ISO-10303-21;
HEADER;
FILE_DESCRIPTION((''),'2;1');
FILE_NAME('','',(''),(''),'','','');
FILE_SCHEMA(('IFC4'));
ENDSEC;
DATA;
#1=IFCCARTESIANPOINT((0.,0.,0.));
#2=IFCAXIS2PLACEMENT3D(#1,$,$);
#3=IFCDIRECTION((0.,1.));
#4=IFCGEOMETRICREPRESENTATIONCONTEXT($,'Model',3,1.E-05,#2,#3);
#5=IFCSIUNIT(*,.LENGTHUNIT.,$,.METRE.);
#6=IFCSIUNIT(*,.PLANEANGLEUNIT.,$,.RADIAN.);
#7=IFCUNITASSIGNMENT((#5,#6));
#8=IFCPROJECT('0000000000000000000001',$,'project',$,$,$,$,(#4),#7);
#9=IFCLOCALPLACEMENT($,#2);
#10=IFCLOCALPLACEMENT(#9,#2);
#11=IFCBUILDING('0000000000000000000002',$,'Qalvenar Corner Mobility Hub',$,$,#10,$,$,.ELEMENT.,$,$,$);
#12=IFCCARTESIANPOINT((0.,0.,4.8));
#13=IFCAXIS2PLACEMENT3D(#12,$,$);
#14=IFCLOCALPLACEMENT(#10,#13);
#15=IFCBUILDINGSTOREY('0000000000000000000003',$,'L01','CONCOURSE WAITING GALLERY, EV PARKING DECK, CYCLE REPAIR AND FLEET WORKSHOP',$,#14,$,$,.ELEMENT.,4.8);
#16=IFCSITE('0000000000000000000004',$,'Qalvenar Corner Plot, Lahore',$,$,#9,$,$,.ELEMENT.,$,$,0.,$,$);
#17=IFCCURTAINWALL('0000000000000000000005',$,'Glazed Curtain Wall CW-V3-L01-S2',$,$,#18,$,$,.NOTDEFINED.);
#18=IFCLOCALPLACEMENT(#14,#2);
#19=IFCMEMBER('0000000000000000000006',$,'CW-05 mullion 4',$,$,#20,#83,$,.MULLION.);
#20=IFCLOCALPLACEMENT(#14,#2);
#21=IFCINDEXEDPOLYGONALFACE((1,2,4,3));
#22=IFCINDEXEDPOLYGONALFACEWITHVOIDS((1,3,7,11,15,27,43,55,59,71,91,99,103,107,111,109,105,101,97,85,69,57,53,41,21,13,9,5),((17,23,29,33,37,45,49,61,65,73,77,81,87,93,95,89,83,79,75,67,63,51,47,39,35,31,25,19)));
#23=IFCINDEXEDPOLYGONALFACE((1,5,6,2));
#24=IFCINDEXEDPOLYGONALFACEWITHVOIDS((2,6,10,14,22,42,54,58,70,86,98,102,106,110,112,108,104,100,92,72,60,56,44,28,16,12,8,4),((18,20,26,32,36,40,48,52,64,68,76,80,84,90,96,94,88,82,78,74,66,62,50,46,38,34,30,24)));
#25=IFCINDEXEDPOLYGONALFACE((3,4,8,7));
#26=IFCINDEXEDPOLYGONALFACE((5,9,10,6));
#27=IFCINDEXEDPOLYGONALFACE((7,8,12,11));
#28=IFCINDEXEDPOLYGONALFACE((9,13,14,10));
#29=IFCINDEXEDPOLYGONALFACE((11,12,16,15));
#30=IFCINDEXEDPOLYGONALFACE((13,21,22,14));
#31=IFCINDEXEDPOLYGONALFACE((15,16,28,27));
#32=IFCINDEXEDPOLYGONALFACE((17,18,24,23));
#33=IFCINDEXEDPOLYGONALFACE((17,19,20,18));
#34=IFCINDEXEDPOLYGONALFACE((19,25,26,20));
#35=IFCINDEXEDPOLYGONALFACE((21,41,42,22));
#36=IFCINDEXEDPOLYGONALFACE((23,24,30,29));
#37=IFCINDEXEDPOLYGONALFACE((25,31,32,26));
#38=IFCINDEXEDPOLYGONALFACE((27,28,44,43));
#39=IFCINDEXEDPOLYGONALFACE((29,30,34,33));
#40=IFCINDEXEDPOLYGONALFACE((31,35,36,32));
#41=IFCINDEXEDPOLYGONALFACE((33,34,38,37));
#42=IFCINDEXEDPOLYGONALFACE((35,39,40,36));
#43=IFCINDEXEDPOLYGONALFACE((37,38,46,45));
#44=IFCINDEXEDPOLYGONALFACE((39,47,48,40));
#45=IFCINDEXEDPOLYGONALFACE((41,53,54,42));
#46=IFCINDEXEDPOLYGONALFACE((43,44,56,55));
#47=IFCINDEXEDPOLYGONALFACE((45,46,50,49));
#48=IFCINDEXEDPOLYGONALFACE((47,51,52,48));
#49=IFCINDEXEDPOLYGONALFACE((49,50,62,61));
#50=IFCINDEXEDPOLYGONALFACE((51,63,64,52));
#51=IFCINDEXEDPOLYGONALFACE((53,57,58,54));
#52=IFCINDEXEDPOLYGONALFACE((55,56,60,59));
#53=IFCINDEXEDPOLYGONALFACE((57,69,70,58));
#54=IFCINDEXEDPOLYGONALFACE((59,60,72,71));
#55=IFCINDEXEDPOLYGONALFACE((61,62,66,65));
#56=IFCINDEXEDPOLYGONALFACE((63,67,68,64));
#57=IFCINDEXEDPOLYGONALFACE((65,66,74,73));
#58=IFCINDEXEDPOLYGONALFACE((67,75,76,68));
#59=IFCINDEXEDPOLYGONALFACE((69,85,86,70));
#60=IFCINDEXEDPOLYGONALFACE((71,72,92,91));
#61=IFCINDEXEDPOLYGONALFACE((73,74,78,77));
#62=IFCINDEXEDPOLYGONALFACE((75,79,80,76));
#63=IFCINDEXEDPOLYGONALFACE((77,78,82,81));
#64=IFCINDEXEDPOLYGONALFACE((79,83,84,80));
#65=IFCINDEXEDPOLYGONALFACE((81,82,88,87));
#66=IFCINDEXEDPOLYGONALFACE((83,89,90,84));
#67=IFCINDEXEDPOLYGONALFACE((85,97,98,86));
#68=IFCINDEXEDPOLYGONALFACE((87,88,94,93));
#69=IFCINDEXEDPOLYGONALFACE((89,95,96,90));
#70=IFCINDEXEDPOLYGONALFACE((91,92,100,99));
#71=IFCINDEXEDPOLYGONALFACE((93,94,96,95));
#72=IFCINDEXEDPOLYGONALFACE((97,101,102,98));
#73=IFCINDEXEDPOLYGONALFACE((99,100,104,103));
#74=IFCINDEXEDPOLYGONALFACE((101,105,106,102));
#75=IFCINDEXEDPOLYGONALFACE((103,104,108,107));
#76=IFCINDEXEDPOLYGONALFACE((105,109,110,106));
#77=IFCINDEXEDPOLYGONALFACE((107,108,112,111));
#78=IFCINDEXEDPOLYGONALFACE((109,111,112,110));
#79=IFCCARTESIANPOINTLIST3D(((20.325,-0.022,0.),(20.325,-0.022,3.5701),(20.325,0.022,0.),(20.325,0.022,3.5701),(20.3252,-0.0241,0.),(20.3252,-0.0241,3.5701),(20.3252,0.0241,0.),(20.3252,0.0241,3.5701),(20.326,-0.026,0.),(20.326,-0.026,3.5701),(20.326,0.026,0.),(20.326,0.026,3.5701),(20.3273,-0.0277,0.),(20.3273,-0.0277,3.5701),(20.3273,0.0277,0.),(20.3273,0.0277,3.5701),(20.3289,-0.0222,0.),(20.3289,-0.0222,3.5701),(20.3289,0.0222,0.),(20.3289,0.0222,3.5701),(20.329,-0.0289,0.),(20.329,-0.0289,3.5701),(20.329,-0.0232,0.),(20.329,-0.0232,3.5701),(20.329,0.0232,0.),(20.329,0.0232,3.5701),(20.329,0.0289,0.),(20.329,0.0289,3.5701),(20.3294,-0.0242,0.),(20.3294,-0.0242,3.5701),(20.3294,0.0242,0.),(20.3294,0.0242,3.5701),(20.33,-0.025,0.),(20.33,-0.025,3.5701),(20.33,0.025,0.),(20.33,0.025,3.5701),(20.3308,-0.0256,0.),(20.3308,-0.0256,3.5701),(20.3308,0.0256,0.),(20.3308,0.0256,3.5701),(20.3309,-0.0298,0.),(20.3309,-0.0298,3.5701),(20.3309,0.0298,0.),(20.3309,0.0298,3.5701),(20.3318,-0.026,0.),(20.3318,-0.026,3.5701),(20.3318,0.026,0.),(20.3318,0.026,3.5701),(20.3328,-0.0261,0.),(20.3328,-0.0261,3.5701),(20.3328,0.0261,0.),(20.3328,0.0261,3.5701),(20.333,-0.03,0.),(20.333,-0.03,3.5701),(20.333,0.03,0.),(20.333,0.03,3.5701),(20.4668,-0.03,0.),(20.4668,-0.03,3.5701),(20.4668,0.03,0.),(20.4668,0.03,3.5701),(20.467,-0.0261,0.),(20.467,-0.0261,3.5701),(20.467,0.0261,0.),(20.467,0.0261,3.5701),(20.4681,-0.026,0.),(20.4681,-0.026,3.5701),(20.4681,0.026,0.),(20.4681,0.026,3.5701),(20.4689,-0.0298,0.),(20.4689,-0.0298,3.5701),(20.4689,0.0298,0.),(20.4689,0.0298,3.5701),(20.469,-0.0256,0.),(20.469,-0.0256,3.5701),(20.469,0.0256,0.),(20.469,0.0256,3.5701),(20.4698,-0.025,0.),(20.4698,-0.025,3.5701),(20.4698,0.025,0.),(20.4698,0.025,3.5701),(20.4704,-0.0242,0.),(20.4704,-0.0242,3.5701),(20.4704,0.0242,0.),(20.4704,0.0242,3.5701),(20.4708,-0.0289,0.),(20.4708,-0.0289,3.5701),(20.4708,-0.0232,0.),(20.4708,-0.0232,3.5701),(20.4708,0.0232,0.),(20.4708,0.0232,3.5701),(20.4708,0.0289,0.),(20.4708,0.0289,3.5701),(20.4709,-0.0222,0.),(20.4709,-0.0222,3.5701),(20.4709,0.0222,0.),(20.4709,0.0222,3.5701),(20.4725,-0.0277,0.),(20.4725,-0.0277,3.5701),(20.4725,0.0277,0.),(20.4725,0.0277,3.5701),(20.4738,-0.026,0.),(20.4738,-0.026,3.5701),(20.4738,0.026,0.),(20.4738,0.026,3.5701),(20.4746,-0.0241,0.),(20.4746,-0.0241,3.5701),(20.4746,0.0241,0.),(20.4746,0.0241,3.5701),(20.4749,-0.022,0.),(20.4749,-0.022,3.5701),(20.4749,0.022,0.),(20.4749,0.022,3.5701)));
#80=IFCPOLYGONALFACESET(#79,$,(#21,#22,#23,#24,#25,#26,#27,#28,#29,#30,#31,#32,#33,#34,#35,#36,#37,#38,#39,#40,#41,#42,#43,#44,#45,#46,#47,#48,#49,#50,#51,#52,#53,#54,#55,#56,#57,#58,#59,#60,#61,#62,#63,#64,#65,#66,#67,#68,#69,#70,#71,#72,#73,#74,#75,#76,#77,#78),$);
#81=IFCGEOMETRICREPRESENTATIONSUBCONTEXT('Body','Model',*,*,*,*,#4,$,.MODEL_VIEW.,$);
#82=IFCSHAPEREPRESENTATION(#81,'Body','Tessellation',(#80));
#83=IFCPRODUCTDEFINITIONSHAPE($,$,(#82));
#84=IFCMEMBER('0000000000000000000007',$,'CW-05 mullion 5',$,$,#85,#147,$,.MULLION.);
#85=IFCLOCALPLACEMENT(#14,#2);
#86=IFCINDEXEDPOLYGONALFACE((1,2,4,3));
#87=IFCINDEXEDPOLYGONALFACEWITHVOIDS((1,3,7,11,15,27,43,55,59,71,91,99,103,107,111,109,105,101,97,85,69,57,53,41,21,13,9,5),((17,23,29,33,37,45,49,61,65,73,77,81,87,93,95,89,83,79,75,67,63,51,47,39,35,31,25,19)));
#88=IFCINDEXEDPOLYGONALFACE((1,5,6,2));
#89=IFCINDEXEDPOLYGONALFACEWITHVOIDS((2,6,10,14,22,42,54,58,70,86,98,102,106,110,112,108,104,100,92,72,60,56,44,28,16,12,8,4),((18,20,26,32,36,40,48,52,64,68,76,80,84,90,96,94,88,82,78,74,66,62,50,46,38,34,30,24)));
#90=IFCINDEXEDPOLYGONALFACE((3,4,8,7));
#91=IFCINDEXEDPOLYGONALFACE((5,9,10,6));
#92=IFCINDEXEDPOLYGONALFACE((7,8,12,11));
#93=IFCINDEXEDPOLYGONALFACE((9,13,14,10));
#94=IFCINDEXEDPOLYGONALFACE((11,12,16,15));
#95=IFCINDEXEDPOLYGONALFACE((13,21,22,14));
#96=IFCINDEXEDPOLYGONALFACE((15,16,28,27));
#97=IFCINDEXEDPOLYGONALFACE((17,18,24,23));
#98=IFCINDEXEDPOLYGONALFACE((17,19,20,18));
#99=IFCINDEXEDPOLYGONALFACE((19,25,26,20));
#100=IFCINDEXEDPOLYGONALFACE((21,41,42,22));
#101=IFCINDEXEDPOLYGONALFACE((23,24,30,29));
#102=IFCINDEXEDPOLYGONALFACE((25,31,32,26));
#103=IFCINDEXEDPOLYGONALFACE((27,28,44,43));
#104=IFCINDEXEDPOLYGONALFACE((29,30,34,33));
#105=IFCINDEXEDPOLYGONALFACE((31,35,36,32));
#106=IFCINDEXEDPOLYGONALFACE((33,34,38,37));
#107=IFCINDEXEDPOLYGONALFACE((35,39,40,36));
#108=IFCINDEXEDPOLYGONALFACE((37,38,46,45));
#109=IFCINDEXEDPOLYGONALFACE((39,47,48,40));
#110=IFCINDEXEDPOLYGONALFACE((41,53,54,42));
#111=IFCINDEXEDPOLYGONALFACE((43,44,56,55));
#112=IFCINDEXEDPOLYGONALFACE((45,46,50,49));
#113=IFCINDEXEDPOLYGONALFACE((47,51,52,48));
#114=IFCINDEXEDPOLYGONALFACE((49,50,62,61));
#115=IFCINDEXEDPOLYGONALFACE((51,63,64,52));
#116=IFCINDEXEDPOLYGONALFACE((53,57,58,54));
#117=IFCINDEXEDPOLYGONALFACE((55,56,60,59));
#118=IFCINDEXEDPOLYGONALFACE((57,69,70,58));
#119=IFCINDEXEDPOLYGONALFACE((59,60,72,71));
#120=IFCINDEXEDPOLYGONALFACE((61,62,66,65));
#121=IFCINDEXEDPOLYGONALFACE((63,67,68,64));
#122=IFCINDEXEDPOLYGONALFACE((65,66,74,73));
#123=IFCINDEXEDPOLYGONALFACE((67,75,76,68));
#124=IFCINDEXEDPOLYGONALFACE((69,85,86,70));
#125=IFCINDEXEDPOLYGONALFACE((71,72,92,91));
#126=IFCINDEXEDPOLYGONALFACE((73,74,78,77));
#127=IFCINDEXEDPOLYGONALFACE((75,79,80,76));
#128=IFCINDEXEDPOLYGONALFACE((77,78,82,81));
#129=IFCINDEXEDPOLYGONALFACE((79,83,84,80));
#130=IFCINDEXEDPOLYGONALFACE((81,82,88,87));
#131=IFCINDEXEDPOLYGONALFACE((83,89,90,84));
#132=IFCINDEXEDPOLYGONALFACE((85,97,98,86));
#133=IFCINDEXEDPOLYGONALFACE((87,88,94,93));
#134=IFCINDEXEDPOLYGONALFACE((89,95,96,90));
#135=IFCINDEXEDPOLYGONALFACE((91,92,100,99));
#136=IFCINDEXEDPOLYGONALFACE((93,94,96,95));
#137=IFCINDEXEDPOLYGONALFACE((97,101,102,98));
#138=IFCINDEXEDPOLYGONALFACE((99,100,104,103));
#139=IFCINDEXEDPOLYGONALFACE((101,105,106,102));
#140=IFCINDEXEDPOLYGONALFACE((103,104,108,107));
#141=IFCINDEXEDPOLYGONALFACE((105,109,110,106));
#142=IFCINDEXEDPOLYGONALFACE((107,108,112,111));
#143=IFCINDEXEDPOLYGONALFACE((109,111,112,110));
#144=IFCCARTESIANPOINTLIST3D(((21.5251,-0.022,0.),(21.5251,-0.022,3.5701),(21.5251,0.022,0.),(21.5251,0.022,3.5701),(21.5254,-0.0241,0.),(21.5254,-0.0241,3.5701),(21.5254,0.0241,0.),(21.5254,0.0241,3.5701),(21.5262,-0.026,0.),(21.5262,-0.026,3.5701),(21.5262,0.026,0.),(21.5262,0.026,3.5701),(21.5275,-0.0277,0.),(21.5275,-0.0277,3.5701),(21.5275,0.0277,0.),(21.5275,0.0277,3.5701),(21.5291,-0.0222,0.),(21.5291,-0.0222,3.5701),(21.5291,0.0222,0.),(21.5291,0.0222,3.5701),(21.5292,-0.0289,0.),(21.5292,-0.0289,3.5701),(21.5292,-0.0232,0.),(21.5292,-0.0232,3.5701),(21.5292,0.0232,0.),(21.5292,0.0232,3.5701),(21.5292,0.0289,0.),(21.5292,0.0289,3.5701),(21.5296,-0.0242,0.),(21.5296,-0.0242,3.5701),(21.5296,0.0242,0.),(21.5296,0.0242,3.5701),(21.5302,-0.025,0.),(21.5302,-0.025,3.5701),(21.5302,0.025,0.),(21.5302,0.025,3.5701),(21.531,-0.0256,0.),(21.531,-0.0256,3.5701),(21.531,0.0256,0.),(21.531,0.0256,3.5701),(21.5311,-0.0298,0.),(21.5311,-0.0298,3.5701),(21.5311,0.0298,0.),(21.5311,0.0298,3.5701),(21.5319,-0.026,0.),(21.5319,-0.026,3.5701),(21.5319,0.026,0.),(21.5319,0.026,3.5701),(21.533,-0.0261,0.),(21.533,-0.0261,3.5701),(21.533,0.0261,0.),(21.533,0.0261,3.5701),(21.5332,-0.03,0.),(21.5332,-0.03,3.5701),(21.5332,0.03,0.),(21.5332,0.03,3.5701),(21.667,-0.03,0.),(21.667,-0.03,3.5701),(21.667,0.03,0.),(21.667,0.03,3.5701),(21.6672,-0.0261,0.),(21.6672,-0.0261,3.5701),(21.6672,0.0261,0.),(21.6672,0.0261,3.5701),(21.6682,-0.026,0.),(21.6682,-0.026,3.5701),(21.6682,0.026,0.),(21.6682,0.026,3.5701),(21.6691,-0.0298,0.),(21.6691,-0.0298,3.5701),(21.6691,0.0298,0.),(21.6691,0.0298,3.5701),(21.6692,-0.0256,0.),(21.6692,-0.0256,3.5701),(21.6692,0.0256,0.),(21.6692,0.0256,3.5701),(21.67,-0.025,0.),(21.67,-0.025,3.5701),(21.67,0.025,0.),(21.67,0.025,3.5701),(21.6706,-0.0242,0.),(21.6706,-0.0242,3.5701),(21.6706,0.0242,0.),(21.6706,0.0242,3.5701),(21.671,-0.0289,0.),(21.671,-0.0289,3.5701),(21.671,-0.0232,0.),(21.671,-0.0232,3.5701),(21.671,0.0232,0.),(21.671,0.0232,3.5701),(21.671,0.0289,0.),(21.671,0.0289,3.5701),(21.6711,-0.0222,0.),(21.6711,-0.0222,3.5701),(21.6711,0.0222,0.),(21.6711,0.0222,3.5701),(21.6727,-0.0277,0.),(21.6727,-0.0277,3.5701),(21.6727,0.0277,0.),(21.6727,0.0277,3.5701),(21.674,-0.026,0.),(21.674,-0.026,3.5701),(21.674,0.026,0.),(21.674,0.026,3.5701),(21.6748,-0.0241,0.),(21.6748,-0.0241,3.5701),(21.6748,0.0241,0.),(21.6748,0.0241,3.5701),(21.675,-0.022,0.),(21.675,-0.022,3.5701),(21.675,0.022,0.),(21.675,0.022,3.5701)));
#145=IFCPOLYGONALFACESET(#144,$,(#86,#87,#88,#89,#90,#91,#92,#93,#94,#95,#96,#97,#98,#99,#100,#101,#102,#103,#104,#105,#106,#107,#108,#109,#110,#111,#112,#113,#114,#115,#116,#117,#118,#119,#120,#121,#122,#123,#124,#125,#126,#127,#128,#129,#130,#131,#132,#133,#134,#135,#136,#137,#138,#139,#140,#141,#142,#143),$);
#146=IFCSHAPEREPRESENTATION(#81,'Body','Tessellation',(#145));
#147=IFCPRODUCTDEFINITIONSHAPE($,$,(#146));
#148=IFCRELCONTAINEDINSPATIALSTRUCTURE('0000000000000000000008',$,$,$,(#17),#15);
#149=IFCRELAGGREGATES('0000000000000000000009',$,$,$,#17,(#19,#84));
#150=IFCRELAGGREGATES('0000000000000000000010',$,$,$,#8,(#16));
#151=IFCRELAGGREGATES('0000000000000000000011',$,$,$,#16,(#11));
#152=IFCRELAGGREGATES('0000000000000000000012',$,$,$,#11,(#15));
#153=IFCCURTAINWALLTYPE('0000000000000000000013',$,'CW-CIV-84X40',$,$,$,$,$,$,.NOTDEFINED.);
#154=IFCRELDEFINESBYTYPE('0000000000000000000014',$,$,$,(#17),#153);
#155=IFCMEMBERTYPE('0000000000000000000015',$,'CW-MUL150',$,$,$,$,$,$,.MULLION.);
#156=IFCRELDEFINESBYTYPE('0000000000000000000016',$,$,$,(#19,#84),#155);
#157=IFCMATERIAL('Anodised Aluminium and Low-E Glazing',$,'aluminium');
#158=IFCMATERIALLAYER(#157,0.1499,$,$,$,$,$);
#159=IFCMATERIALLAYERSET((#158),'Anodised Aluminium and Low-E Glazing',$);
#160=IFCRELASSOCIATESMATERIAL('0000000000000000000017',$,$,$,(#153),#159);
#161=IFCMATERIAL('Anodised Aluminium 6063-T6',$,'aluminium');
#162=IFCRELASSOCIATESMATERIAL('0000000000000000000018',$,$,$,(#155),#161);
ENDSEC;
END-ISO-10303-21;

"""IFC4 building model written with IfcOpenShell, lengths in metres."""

from ifc_helpers import new_model, si_unit, direction, frame, origin, origin_2d, place, context, subcontext, project, spatial, hollow_rectangle, extrude, material, layer, layer_set, material_profile, profile_set, type_object, element, aggregate, save


model = new_model("IFC4")

# Units and contexts
model_context = context("Model", 3, precision=1e-05, world=origin(), true_north=direction((0.0, 1.0)))
body_context = subcontext(model_context, "Body", "Model", "MODEL_VIEW")
ifc_project = project(units=[si_unit("LENGTHUNIT", "METRE"), si_unit("PLANEANGLEUNIT", "RADIAN")], contexts=[model_context])

# Site, building, storey
site_placement = place(None, origin())
site = spatial("IfcSite", under=ifc_project, at=site_placement, Name="Qalvenar Corner Plot, Lahore", CompositionType="ELEMENT", RefElevation=0.0)
building_placement = place(site_placement, origin())
building = spatial("IfcBuilding", under=site, at=building_placement, Name="Qalvenar Corner Mobility Hub", CompositionType="ELEMENT")
storey_placement = place(building_placement, frame((0.0, 0.0, 4.8)))
storey = spatial("IfcBuildingStorey", under=building, at=storey_placement, Name="L01", Description="CONCOURSE WAITING GALLERY, EV PARKING DECK, CYCLE REPAIR AND FLEET WORKSHOP", CompositionType="ELEMENT", Elevation=4.8)

# Curtain wall, members
ifc_material_1 = material(Name="Anodised Aluminium and Low-E Glazing", Category="aluminium")
ifc_layer_1 = layer(ifc_material_1, 0.1499)
ifc_layer_set_1 = layer_set([ifc_layer_1], Name="Anodised Aluminium and Low-E Glazing")
curtain_wall_type = type_object("IfcCurtainWallType", Name="CW-CIV-84X40", PredefinedType="NOTDEFINED", material=ifc_layer_set_1)
curtain_wall_placement = place(storey_placement, origin())
curtain_wall = element("IfcCurtainWall", 1, at=curtain_wall_placement, inside=storey, type_object=curtain_wall_type, Name="Glazed Curtain Wall CW-V3-L01-S2", PredefinedType="NOTDEFINED")
ifc_material_2 = material(Name="Anodised Aluminium 6063-T6", Category="aluminium")
ifc_material_profile_1 = material_profile(ifc_material_2, hollow_rectangle(XDim=0.0601, YDim=0.1499, WallThickness=0.0039, InnerFilletRadius=0.0039, OuterFilletRadius=0.0081, at=origin_2d()), Name="RHS150x60x4")
ifc_profile_set_1 = profile_set([ifc_material_profile_1], Name="Anodised Aluminium 6063-T6")
member_type_1 = type_object("IfcMemberType", Name="CW-MUL150", PredefinedType="MULLION", material=ifc_profile_set_1)
member_1_placement = place(storey_placement, frame((20.3999, 0.0, 0.0), z_axis=(0.0, 0.0, 1.0), x_axis=(0.0, 1.0, 0.0)))
member_1 = element("IfcMember", 2, at=member_1_placement, type_object=member_type_1, Name="CW-05 mullion 4", PredefinedType="MULLION", context=body_context, shape_type="SweptSolid", body=[
    extrude(hollow_rectangle(XDim=0.0601, YDim=0.1499, WallThickness=0.0039, InnerFilletRadius=0.0039, OuterFilletRadius=0.0081, at=origin_2d()), origin(), (0.0, 0.0, 1.0), 3.5701),
])
member_2_placement = place(storey_placement, frame((21.6001, 0.0, 0.0), z_axis=(0.0, 0.0, 1.0), x_axis=(0.0, 1.0, 0.0)))
member_2 = element("IfcMember", 3, at=member_2_placement, type_object=member_type_1, Name="CW-05 mullion 5", PredefinedType="MULLION", context=body_context, shape_type="SweptSolid", body=[
    extrude(hollow_rectangle(XDim=0.0601, YDim=0.1499, WallThickness=0.0039, InnerFilletRadius=0.0039, OuterFilletRadius=0.0081, at=origin_2d()), origin(), (0.0, 0.0, 1.0), 3.5701),
])
aggregate(curtain_wall, [member_1, member_2])

save(model, "model.ifc")
